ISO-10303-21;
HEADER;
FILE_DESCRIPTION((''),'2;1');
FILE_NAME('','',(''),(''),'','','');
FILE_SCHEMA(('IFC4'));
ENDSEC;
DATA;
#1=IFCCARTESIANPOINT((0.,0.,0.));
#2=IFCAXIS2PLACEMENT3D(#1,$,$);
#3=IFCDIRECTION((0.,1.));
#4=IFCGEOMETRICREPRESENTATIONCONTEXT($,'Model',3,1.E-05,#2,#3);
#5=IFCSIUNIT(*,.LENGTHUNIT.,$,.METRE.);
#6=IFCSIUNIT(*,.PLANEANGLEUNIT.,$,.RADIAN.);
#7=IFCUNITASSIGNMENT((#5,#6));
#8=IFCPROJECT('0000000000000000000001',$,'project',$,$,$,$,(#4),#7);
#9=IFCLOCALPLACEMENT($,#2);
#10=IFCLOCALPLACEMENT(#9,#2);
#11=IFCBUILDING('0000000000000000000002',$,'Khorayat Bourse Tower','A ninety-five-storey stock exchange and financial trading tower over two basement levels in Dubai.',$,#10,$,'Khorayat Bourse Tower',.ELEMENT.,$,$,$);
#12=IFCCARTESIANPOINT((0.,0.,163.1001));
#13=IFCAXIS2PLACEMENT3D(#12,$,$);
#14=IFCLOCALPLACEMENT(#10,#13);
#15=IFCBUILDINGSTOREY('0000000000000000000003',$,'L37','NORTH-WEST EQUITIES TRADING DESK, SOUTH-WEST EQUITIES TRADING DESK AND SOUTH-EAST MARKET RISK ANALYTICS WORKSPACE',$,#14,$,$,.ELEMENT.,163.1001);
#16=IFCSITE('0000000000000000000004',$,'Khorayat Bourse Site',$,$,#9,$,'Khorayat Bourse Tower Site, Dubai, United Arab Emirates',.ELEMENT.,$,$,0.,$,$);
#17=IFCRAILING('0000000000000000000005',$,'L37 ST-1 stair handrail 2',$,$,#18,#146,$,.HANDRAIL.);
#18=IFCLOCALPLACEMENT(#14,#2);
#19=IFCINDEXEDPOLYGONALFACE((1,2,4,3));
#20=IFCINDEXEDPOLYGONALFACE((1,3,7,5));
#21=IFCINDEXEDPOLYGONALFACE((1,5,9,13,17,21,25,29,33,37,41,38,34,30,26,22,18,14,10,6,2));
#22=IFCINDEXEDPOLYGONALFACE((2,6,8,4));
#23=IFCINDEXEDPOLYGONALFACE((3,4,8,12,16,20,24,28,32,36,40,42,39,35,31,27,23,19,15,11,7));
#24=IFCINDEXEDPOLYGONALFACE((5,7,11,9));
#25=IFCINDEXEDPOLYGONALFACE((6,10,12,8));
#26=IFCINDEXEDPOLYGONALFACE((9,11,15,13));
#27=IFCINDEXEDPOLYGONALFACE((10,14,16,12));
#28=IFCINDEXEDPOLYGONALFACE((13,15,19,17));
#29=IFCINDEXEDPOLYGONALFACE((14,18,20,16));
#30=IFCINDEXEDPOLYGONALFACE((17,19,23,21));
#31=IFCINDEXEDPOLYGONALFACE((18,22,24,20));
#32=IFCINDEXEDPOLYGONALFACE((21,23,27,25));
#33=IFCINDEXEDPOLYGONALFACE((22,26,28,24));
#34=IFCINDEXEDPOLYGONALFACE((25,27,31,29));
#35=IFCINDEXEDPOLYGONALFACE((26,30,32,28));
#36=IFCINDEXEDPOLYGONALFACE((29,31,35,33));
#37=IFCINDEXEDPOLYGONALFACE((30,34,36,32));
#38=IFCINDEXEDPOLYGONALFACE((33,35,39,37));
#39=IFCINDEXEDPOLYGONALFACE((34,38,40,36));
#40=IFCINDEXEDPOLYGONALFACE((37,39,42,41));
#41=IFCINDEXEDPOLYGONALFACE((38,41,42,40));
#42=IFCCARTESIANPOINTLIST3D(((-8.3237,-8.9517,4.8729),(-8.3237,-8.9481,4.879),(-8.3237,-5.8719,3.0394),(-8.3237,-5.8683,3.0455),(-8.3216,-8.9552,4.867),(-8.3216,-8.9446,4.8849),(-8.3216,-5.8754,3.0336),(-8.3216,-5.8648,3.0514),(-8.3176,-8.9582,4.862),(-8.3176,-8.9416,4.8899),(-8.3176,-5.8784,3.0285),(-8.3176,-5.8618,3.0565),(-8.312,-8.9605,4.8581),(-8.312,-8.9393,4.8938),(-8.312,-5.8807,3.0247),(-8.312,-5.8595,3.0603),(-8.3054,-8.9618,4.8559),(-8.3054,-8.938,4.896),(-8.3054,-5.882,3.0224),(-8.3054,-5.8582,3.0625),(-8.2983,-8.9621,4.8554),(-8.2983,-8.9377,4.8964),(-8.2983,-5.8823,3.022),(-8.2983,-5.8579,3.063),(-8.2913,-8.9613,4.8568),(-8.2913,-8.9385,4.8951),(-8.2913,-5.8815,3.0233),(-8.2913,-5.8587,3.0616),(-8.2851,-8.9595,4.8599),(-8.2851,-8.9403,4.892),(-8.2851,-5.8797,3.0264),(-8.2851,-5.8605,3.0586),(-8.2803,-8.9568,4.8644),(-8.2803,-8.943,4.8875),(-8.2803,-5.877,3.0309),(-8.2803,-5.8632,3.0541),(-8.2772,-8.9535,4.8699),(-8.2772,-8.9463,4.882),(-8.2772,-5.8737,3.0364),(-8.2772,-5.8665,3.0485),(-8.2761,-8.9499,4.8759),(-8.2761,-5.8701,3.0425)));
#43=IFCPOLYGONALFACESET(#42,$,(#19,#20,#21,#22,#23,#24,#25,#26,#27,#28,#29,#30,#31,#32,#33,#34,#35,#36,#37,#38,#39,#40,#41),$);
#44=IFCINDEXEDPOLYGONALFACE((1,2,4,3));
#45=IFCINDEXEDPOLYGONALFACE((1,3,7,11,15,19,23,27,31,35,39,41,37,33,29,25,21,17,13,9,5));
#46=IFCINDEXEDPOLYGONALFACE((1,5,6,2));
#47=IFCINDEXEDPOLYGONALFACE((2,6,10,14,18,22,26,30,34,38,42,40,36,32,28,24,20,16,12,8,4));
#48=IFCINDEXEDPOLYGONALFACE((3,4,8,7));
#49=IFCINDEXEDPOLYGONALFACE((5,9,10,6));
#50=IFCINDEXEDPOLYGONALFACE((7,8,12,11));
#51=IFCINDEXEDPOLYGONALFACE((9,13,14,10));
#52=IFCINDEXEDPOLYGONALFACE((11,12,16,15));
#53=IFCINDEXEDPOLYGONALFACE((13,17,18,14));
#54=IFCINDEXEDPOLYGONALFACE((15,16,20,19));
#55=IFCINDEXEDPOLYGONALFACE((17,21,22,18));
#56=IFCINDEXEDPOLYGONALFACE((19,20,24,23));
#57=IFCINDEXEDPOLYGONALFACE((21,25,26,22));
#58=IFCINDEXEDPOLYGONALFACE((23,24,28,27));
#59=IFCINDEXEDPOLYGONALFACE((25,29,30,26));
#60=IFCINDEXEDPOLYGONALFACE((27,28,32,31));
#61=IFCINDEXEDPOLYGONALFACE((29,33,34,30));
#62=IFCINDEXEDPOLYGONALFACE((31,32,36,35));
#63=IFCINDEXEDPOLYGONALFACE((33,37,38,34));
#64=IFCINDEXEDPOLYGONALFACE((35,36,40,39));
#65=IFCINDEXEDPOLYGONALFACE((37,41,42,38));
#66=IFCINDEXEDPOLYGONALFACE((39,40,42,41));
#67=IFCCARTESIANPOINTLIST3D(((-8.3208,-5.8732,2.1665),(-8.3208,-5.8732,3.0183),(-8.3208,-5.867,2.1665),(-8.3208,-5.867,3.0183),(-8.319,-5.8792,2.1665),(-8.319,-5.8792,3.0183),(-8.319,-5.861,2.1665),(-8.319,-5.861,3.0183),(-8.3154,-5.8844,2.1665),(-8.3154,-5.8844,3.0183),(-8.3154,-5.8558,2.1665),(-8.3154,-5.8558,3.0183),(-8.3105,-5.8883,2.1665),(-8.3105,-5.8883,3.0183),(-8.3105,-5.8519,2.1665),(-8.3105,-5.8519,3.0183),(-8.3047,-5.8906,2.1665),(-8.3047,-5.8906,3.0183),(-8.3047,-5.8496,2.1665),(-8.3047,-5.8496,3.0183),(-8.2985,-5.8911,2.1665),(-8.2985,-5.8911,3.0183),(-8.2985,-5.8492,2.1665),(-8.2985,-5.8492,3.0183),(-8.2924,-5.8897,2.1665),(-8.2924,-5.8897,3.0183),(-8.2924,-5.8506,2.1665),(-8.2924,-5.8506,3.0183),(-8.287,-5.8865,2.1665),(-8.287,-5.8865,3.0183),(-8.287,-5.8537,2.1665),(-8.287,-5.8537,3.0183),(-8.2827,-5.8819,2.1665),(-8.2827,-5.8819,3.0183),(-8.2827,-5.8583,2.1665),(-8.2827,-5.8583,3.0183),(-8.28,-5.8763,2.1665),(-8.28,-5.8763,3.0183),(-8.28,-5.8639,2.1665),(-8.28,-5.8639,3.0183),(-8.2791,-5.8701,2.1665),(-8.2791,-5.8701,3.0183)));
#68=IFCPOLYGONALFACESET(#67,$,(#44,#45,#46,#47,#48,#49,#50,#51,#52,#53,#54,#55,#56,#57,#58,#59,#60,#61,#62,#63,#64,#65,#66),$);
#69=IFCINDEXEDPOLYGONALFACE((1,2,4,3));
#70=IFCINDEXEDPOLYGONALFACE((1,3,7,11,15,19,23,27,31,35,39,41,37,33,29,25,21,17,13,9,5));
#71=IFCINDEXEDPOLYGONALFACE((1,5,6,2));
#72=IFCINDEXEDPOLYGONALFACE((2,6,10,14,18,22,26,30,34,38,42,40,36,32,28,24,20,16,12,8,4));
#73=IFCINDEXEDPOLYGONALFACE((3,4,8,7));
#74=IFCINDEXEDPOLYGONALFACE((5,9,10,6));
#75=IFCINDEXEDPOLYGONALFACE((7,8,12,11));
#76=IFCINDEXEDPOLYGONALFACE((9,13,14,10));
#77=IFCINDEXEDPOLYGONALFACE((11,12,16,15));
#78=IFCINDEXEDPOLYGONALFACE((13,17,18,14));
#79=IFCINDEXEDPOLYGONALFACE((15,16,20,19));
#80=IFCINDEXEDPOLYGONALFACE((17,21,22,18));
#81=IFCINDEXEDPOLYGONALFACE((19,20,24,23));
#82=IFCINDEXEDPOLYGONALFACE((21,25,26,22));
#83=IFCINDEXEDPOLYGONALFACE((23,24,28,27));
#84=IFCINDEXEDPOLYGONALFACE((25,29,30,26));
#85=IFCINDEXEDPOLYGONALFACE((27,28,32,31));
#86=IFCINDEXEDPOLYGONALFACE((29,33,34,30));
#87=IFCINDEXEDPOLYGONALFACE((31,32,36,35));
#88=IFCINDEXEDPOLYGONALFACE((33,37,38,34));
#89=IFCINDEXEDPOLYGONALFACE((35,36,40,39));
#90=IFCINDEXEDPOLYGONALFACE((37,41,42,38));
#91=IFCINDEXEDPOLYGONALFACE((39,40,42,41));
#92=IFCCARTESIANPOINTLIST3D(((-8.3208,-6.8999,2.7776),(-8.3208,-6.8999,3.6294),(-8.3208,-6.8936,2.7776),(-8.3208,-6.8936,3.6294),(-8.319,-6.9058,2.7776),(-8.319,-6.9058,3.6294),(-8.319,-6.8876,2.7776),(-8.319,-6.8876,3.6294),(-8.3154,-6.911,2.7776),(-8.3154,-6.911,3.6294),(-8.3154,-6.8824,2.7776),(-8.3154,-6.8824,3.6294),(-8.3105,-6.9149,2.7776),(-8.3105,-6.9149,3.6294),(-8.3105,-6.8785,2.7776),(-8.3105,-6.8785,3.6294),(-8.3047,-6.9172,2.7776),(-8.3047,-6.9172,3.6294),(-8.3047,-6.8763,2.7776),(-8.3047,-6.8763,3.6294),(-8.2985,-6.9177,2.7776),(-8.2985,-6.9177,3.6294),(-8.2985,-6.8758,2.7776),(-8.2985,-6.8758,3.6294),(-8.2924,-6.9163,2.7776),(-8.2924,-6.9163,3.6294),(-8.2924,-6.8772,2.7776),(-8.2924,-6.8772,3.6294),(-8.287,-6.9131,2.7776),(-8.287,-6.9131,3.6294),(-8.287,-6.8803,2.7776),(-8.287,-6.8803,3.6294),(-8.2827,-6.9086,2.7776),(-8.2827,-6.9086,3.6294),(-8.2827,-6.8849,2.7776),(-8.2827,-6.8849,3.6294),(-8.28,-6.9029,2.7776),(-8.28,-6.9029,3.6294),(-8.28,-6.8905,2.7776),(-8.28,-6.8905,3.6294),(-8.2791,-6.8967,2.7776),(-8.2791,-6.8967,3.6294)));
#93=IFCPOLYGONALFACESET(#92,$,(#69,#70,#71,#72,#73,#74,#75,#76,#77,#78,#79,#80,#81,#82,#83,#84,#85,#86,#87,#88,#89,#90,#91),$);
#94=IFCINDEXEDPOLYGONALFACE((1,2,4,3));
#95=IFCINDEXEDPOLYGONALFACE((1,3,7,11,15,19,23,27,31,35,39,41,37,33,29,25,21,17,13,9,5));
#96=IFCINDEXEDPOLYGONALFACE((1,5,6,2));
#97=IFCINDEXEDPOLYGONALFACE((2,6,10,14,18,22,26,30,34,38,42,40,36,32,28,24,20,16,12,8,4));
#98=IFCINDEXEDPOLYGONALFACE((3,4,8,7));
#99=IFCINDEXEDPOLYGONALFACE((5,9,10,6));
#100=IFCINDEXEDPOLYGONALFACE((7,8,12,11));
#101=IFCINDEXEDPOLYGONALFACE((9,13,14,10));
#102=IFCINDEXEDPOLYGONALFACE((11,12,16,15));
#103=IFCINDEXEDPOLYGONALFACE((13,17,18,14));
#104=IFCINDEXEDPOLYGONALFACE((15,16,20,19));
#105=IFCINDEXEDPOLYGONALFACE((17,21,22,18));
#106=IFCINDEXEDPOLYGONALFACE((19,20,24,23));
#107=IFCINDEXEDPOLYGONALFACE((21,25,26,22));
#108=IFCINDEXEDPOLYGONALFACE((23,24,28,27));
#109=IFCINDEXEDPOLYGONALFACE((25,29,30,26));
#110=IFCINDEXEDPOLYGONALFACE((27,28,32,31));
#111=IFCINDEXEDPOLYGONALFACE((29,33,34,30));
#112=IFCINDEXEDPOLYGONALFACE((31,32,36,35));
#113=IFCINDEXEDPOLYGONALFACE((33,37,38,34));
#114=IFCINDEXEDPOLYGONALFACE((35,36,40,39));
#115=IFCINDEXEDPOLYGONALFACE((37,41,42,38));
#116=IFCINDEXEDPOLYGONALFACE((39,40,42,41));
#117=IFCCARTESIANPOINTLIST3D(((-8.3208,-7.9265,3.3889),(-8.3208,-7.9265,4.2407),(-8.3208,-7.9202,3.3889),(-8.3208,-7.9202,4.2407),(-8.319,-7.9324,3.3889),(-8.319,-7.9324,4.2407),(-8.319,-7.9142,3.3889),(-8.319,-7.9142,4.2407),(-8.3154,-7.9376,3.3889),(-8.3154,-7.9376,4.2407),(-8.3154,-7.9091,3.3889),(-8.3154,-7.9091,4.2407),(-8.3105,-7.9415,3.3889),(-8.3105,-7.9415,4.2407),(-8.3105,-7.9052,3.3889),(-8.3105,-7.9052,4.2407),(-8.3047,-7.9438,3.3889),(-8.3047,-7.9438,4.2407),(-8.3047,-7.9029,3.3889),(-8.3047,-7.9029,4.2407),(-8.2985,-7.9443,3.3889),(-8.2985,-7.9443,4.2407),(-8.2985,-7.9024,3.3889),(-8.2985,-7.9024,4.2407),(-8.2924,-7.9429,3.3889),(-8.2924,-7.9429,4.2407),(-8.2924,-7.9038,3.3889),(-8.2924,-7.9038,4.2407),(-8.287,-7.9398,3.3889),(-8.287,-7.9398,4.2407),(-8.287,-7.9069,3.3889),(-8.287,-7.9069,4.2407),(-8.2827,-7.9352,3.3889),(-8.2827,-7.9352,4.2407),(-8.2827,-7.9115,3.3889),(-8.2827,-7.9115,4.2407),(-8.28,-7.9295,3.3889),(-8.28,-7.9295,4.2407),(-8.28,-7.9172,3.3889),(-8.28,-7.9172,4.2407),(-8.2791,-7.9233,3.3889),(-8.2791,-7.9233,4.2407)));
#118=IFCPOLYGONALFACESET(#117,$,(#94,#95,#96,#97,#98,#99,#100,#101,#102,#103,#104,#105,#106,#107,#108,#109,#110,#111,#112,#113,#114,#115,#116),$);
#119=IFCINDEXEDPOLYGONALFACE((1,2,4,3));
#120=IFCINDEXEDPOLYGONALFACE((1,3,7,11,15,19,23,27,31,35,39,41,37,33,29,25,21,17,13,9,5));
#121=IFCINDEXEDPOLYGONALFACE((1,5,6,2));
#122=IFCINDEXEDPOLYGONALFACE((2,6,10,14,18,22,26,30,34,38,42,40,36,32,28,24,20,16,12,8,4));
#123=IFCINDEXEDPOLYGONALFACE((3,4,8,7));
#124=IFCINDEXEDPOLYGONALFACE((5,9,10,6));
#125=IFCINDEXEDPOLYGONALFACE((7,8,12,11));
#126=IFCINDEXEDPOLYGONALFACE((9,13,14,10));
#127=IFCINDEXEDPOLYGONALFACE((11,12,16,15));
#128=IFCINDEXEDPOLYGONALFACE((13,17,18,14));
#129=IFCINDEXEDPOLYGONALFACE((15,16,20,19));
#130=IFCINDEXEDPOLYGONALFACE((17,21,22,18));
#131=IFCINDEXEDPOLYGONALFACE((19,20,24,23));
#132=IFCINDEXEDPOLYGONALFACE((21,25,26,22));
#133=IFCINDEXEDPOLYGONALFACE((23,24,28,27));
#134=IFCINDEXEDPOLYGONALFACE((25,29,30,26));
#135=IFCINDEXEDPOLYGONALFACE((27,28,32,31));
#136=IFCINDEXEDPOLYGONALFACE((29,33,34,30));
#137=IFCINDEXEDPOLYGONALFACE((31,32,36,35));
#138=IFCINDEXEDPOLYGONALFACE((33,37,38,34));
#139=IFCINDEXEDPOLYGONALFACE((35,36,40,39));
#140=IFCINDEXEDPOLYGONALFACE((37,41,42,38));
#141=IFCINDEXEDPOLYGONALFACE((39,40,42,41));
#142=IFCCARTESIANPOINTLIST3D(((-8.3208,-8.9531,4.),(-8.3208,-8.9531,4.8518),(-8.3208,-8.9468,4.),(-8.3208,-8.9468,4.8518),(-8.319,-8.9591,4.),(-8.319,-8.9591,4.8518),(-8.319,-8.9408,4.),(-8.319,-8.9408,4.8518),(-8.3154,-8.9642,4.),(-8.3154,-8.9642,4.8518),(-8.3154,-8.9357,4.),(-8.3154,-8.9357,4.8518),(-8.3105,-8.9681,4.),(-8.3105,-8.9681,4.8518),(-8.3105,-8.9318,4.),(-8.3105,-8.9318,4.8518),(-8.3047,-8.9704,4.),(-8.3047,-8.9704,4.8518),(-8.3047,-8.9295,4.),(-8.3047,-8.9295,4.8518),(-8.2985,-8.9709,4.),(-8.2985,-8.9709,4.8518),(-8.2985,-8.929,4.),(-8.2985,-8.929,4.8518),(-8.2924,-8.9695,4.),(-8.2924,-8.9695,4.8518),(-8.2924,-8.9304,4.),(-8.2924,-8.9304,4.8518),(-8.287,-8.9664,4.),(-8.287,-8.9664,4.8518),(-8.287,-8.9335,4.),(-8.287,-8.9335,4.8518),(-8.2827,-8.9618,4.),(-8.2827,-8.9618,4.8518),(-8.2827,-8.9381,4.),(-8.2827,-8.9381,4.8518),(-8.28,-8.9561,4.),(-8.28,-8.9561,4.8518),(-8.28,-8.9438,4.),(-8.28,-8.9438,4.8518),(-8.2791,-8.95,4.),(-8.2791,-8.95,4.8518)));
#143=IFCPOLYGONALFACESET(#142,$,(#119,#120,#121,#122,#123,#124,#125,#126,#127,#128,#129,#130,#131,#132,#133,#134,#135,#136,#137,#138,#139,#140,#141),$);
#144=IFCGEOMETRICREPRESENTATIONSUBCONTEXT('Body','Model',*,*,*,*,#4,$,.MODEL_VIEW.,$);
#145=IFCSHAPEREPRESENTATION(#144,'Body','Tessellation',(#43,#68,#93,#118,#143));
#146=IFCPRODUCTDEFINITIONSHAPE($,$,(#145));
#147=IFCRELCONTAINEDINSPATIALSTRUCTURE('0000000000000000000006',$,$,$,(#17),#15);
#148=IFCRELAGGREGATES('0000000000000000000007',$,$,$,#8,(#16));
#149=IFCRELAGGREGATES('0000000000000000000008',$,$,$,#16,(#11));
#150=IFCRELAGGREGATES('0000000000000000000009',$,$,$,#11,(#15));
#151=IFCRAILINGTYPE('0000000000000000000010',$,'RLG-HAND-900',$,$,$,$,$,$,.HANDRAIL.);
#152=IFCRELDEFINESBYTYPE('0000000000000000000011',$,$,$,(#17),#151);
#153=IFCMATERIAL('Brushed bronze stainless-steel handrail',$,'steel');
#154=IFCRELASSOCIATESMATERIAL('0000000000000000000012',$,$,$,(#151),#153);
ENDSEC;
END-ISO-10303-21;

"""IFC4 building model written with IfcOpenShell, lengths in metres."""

from ifc_helpers import new_model, si_unit, direction, frame, origin, origin_2d, place, context, subcontext, project, spatial, circle, extrude, source, transform, mapped, material, type_object, element, save


model = new_model("IFC4")

# Units and contexts
model_context = context("Model", 3, precision=1e-05, world=origin(), true_north=direction((0.0, 1.0)))
body_context = subcontext(model_context, "Body", "Model", "MODEL_VIEW")
ifc_project = project(units=[si_unit("LENGTHUNIT", "METRE"), si_unit("PLANEANGLEUNIT", "RADIAN")], contexts=[model_context])

# Site, building, storey
site_placement = place(None, origin())
site = spatial("IfcSite", under=ifc_project, at=site_placement, Name="Khorayat Bourse Site", LongName="Khorayat Bourse Tower Site, Dubai, United Arab Emirates", CompositionType="ELEMENT", RefElevation=0.0)
building_placement = place(site_placement, origin())
building = spatial("IfcBuilding", under=site, at=building_placement, Name="Khorayat Bourse Tower", Description="A ninety-five-storey stock exchange and financial trading tower over two basement levels in Dubai.", LongName="Khorayat Bourse Tower", CompositionType="ELEMENT")
storey_placement = place(building_placement, frame((0.0, 0.0, 163.1001)))
storey = spatial("IfcBuildingStorey", under=building, at=storey_placement, Name="L37", Description="NORTH-WEST EQUITIES TRADING DESK, SOUTH-WEST EQUITIES TRADING DESK AND SOUTH-EAST MARKET RISK ANALYTICS WORKSPACE", CompositionType="ELEMENT", Elevation=163.1001)

# Railing
ifc_material_1 = material(Name="Brushed bronze stainless-steel handrail", Category="steel")
railing_type_1 = type_object("IfcRailingType", Name="RLG-HAND-900", PredefinedType="HANDRAIL", material=ifc_material_1)
shared_shape_1 = source(origin(), body_context, "Body", "SweptSolid", [
    extrude(circle(Radius=0.0239, at=origin_2d()), frame((0.0, 0.0, 0.876), z_axis=(0.0, -0.859261, 0.511538), x_axis=(1.0, 0.0, 0.0)), (0.0, 0.0, 1.0), 3.5842),
    extrude(circle(Radius=0.021, at=origin_2d()), origin(), (0.0, 0.0, 1.0), 0.8518),
    extrude(circle(Radius=0.021, at=origin_2d()), frame((0.0, -1.0266, 0.6111)), (0.0, 0.0, 1.0), 0.8518),
    extrude(circle(Radius=0.021, at=origin_2d()), frame((0.0, -2.0532, 1.2224)), (0.0, 0.0, 1.0), 0.8518),
    extrude(circle(Radius=0.021, at=origin_2d()), frame((0.0, -3.0798, 1.8335)), (0.0, 0.0, 1.0), 0.8518),
])
railing_1_placement = place(storey_placement, frame((-8.3, -5.8701, 2.1665)))
element("IfcRailing", 1, at=railing_1_placement, inside=storey, type_object=railing_type_1, Name="L37 ST-1 stair handrail 2", PredefinedType="HANDRAIL", context=body_context, shape_type="MappedRepresentation", body=[
    mapped(shared_shape_1, transform((0.0, 0.0, 0.0), scale=1.0)),
])

save(model, "model.ifc")
